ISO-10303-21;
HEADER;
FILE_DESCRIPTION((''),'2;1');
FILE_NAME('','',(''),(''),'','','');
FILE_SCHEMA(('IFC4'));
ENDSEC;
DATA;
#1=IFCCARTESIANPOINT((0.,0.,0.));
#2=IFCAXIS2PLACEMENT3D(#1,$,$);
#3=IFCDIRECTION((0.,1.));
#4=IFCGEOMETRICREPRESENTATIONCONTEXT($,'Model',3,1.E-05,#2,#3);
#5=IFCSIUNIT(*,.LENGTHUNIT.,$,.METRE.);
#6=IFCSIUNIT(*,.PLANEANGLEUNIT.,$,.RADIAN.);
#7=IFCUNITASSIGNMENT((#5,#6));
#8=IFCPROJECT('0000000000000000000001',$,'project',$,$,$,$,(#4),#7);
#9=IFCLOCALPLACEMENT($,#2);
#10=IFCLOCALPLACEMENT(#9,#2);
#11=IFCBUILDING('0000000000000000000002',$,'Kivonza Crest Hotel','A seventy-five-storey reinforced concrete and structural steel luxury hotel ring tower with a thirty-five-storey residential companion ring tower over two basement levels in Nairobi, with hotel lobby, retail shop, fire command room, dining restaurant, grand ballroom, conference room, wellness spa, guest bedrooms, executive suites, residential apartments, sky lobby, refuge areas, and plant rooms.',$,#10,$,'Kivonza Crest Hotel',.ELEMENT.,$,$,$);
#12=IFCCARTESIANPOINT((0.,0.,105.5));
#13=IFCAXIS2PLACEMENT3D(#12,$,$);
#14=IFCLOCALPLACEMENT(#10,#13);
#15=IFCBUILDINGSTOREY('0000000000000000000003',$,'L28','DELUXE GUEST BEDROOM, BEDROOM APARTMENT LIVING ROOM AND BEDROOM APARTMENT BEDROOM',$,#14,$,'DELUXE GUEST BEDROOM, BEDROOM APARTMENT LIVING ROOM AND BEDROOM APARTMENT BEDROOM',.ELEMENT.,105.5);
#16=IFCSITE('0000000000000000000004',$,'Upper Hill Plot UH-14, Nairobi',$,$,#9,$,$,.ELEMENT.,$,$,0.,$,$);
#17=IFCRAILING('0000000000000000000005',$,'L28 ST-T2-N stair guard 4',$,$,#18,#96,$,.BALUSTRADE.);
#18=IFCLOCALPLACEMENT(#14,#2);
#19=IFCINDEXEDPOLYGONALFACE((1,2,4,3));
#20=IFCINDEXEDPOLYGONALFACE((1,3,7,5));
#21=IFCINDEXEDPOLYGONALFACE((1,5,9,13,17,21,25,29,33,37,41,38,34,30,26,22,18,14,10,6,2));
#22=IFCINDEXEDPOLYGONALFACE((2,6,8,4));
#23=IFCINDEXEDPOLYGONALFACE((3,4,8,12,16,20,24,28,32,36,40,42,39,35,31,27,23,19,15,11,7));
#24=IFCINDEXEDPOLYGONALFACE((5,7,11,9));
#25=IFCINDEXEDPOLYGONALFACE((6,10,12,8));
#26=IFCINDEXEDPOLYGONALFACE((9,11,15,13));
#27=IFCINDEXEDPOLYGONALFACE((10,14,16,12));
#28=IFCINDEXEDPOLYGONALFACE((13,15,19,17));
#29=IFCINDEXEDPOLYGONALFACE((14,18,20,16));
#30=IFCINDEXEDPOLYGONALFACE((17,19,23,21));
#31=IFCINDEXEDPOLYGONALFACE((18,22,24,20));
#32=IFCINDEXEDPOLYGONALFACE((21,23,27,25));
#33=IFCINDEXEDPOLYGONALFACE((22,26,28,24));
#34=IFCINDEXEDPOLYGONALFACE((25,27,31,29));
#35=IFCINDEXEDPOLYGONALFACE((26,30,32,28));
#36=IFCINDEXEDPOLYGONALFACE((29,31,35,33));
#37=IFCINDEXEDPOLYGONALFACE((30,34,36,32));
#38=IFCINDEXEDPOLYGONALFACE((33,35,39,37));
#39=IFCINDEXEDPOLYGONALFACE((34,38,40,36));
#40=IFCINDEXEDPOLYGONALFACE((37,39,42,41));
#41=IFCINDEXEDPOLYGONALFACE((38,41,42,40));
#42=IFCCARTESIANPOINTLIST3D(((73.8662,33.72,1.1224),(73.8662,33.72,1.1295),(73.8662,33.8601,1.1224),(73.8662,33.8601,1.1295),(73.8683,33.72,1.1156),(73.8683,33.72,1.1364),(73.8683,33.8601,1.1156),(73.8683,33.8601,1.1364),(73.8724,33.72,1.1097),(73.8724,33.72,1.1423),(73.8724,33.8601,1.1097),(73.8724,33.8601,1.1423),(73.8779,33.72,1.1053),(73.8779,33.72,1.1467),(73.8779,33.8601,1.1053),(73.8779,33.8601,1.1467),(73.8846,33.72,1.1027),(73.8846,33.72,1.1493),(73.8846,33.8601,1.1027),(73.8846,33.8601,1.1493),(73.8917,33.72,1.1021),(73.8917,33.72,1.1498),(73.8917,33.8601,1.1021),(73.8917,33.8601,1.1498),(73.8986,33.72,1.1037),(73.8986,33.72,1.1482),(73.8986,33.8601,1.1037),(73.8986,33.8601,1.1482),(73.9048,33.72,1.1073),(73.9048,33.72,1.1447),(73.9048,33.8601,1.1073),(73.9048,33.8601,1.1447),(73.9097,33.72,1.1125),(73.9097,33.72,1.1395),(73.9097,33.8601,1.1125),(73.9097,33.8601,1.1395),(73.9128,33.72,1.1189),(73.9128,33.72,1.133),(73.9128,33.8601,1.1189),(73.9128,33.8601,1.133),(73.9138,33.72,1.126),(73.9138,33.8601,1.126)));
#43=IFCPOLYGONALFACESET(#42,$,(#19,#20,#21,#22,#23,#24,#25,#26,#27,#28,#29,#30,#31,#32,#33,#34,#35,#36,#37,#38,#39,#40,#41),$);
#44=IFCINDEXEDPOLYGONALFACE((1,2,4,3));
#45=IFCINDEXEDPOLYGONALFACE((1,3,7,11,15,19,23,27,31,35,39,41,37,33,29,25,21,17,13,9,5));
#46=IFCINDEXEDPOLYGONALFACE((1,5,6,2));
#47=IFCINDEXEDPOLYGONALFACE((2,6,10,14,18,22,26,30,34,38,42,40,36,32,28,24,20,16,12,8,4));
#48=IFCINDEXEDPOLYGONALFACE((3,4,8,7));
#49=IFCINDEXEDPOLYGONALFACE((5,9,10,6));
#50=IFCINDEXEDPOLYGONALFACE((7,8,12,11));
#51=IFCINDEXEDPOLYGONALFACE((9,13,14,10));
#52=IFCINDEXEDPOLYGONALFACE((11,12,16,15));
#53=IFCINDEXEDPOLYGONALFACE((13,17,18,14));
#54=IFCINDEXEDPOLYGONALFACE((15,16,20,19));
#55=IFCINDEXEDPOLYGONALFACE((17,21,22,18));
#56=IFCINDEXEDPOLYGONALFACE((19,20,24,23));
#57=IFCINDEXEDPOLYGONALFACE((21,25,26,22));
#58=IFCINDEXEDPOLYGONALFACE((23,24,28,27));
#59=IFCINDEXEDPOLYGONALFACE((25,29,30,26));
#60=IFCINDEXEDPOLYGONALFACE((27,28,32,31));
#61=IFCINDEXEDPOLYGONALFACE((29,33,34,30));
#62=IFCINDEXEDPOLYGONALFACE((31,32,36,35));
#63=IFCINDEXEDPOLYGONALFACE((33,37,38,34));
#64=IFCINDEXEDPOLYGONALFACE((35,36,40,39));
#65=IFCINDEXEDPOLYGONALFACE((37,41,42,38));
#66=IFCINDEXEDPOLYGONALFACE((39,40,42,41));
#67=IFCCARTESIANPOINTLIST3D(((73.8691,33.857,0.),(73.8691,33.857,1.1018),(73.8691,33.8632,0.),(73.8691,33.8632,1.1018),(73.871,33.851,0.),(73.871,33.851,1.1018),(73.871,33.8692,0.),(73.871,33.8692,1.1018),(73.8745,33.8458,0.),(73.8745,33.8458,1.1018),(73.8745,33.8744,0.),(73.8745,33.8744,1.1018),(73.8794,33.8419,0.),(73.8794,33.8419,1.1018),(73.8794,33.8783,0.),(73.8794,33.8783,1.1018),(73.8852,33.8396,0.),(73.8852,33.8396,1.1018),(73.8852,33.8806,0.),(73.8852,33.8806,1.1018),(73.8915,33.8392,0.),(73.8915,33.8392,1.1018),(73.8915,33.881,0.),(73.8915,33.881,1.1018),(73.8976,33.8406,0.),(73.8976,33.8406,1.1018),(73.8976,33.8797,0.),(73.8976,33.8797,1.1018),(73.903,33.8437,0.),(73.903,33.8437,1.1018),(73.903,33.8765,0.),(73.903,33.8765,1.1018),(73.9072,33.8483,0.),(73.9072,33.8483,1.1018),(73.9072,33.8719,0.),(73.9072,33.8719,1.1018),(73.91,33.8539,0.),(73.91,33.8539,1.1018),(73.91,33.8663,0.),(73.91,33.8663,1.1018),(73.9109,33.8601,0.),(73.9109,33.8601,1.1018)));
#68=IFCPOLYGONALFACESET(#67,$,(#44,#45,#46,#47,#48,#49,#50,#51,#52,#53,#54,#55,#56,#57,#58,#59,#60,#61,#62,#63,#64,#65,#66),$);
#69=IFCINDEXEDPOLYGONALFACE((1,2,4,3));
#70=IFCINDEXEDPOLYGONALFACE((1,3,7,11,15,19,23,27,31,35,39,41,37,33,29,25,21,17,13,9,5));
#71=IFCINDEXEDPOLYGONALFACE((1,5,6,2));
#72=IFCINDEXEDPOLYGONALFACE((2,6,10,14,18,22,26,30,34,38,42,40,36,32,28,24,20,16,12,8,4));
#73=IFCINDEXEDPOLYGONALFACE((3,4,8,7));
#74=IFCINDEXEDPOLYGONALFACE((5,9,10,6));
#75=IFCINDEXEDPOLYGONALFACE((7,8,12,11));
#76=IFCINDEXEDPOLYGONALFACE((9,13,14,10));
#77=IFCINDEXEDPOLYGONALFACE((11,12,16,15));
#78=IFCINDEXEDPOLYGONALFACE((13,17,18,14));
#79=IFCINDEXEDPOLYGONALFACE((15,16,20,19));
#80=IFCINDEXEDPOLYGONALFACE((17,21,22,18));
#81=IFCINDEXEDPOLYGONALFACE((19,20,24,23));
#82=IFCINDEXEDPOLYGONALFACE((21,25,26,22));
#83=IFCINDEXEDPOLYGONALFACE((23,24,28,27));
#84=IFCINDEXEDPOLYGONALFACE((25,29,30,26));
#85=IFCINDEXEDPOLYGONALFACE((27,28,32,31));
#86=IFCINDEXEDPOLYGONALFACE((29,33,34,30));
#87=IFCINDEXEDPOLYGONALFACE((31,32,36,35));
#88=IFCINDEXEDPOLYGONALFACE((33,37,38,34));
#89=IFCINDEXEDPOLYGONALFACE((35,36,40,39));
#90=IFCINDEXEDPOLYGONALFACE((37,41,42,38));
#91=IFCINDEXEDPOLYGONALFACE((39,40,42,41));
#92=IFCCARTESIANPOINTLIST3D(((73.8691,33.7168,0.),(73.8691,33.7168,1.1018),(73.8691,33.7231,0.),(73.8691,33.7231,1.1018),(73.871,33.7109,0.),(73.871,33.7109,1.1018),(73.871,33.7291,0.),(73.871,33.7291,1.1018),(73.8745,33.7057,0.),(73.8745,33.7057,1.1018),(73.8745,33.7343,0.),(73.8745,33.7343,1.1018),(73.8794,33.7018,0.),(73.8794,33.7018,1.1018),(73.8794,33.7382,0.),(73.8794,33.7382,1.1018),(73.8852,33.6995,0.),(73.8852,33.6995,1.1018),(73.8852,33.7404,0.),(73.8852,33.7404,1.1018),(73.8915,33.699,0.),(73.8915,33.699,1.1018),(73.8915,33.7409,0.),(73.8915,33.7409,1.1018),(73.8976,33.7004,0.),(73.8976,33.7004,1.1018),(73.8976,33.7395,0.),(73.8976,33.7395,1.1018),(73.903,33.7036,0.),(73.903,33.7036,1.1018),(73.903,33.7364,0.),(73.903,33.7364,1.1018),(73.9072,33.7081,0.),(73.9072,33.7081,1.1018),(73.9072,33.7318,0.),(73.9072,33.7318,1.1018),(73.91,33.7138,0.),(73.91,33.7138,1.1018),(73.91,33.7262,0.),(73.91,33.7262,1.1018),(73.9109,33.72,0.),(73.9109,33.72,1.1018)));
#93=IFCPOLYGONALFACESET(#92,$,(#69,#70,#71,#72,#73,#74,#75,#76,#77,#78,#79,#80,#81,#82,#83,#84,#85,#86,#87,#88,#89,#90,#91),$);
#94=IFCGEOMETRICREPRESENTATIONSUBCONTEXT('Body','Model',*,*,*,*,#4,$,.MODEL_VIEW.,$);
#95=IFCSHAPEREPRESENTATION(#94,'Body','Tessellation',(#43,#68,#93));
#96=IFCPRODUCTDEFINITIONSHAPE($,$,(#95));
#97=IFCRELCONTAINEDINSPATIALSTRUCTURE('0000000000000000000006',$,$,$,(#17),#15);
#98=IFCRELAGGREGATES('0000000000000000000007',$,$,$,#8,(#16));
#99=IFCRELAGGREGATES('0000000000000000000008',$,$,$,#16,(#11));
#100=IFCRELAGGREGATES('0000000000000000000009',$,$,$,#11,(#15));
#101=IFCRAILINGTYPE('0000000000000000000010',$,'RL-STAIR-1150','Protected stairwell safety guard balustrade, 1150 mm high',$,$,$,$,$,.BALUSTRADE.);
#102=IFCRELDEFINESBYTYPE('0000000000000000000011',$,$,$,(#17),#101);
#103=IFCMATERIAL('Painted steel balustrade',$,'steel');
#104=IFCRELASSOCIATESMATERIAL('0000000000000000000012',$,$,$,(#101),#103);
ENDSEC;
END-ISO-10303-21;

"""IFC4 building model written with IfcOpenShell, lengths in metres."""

from ifc_helpers import new_model, si_unit, direction, frame, origin, origin_2d, place, context, subcontext, project, spatial, circle, extrude, material, type_object, element, save


model = new_model("IFC4")

# Units and contexts
model_context = context("Model", 3, precision=1e-05, world=origin(), true_north=direction((0.0, 1.0)))
body_context = subcontext(model_context, "Body", "Model", "MODEL_VIEW")
ifc_project = project(units=[si_unit("LENGTHUNIT", "METRE"), si_unit("PLANEANGLEUNIT", "RADIAN")], contexts=[model_context])

# Site, building, storey
site_placement = place(None, origin())
site = spatial("IfcSite", under=ifc_project, at=site_placement, Name="Upper Hill Plot UH-14, Nairobi", CompositionType="ELEMENT", RefElevation=0.0)
building_placement = place(site_placement, origin())
building = spatial("IfcBuilding", under=site, at=building_placement, Name="Kivonza Crest Hotel", Description="A seventy-five-storey reinforced concrete and structural steel luxury hotel ring tower with a thirty-five-storey residential companion ring tower over two basement levels in Nairobi, with hotel lobby, retail shop, fire command room, dining restaurant, grand ballroom, conference room, wellness spa, guest bedrooms, executive suites, residential apartments, sky lobby, refuge areas, and plant rooms.", LongName="Kivonza Crest Hotel", CompositionType="ELEMENT")
storey_placement = place(building_placement, frame((0.0, 0.0, 105.5)))
storey = spatial("IfcBuildingStorey", under=building, at=storey_placement, Name="L28", Description="DELUXE GUEST BEDROOM, BEDROOM APARTMENT LIVING ROOM AND BEDROOM APARTMENT BEDROOM", LongName="DELUXE GUEST BEDROOM, BEDROOM APARTMENT LIVING ROOM AND BEDROOM APARTMENT BEDROOM", CompositionType="ELEMENT", Elevation=105.5)

# Railing
ifc_material_1 = material(Name="Painted steel balustrade", Category="steel")
railing_type_1 = type_object("IfcRailingType", Name="RL-STAIR-1150", Description="Protected stairwell safety guard balustrade, 1150 mm high", PredefinedType="BALUSTRADE", material=ifc_material_1)
railing_1_placement = place(storey_placement, frame((73.8899, 33.8601, 0.0)))
element("IfcRailing", 1, at=railing_1_placement, inside=storey, type_object=railing_type_1, Name="L28 ST-T2-N stair guard 4", PredefinedType="BALUSTRADE", context=body_context, shape_type="SweptSolid", body=[
    extrude(circle(Radius=0.0239, at=origin_2d()), frame((0.0, 0.0, 1.126), z_axis=(0.0, -1.0, 0.0), x_axis=(1.0, 0.0, 0.0)), (0.0, 0.0, 1.0), 0.1401),
    extrude(circle(Radius=0.021, at=origin_2d()), origin(), (0.0, 0.0, 1.0), 1.1018),
    extrude(circle(Radius=0.021, at=origin_2d()), frame((0.0, -0.1401, 0.0)), (0.0, 0.0, 1.0), 1.1018),
])

save(model, "model.ifc")
